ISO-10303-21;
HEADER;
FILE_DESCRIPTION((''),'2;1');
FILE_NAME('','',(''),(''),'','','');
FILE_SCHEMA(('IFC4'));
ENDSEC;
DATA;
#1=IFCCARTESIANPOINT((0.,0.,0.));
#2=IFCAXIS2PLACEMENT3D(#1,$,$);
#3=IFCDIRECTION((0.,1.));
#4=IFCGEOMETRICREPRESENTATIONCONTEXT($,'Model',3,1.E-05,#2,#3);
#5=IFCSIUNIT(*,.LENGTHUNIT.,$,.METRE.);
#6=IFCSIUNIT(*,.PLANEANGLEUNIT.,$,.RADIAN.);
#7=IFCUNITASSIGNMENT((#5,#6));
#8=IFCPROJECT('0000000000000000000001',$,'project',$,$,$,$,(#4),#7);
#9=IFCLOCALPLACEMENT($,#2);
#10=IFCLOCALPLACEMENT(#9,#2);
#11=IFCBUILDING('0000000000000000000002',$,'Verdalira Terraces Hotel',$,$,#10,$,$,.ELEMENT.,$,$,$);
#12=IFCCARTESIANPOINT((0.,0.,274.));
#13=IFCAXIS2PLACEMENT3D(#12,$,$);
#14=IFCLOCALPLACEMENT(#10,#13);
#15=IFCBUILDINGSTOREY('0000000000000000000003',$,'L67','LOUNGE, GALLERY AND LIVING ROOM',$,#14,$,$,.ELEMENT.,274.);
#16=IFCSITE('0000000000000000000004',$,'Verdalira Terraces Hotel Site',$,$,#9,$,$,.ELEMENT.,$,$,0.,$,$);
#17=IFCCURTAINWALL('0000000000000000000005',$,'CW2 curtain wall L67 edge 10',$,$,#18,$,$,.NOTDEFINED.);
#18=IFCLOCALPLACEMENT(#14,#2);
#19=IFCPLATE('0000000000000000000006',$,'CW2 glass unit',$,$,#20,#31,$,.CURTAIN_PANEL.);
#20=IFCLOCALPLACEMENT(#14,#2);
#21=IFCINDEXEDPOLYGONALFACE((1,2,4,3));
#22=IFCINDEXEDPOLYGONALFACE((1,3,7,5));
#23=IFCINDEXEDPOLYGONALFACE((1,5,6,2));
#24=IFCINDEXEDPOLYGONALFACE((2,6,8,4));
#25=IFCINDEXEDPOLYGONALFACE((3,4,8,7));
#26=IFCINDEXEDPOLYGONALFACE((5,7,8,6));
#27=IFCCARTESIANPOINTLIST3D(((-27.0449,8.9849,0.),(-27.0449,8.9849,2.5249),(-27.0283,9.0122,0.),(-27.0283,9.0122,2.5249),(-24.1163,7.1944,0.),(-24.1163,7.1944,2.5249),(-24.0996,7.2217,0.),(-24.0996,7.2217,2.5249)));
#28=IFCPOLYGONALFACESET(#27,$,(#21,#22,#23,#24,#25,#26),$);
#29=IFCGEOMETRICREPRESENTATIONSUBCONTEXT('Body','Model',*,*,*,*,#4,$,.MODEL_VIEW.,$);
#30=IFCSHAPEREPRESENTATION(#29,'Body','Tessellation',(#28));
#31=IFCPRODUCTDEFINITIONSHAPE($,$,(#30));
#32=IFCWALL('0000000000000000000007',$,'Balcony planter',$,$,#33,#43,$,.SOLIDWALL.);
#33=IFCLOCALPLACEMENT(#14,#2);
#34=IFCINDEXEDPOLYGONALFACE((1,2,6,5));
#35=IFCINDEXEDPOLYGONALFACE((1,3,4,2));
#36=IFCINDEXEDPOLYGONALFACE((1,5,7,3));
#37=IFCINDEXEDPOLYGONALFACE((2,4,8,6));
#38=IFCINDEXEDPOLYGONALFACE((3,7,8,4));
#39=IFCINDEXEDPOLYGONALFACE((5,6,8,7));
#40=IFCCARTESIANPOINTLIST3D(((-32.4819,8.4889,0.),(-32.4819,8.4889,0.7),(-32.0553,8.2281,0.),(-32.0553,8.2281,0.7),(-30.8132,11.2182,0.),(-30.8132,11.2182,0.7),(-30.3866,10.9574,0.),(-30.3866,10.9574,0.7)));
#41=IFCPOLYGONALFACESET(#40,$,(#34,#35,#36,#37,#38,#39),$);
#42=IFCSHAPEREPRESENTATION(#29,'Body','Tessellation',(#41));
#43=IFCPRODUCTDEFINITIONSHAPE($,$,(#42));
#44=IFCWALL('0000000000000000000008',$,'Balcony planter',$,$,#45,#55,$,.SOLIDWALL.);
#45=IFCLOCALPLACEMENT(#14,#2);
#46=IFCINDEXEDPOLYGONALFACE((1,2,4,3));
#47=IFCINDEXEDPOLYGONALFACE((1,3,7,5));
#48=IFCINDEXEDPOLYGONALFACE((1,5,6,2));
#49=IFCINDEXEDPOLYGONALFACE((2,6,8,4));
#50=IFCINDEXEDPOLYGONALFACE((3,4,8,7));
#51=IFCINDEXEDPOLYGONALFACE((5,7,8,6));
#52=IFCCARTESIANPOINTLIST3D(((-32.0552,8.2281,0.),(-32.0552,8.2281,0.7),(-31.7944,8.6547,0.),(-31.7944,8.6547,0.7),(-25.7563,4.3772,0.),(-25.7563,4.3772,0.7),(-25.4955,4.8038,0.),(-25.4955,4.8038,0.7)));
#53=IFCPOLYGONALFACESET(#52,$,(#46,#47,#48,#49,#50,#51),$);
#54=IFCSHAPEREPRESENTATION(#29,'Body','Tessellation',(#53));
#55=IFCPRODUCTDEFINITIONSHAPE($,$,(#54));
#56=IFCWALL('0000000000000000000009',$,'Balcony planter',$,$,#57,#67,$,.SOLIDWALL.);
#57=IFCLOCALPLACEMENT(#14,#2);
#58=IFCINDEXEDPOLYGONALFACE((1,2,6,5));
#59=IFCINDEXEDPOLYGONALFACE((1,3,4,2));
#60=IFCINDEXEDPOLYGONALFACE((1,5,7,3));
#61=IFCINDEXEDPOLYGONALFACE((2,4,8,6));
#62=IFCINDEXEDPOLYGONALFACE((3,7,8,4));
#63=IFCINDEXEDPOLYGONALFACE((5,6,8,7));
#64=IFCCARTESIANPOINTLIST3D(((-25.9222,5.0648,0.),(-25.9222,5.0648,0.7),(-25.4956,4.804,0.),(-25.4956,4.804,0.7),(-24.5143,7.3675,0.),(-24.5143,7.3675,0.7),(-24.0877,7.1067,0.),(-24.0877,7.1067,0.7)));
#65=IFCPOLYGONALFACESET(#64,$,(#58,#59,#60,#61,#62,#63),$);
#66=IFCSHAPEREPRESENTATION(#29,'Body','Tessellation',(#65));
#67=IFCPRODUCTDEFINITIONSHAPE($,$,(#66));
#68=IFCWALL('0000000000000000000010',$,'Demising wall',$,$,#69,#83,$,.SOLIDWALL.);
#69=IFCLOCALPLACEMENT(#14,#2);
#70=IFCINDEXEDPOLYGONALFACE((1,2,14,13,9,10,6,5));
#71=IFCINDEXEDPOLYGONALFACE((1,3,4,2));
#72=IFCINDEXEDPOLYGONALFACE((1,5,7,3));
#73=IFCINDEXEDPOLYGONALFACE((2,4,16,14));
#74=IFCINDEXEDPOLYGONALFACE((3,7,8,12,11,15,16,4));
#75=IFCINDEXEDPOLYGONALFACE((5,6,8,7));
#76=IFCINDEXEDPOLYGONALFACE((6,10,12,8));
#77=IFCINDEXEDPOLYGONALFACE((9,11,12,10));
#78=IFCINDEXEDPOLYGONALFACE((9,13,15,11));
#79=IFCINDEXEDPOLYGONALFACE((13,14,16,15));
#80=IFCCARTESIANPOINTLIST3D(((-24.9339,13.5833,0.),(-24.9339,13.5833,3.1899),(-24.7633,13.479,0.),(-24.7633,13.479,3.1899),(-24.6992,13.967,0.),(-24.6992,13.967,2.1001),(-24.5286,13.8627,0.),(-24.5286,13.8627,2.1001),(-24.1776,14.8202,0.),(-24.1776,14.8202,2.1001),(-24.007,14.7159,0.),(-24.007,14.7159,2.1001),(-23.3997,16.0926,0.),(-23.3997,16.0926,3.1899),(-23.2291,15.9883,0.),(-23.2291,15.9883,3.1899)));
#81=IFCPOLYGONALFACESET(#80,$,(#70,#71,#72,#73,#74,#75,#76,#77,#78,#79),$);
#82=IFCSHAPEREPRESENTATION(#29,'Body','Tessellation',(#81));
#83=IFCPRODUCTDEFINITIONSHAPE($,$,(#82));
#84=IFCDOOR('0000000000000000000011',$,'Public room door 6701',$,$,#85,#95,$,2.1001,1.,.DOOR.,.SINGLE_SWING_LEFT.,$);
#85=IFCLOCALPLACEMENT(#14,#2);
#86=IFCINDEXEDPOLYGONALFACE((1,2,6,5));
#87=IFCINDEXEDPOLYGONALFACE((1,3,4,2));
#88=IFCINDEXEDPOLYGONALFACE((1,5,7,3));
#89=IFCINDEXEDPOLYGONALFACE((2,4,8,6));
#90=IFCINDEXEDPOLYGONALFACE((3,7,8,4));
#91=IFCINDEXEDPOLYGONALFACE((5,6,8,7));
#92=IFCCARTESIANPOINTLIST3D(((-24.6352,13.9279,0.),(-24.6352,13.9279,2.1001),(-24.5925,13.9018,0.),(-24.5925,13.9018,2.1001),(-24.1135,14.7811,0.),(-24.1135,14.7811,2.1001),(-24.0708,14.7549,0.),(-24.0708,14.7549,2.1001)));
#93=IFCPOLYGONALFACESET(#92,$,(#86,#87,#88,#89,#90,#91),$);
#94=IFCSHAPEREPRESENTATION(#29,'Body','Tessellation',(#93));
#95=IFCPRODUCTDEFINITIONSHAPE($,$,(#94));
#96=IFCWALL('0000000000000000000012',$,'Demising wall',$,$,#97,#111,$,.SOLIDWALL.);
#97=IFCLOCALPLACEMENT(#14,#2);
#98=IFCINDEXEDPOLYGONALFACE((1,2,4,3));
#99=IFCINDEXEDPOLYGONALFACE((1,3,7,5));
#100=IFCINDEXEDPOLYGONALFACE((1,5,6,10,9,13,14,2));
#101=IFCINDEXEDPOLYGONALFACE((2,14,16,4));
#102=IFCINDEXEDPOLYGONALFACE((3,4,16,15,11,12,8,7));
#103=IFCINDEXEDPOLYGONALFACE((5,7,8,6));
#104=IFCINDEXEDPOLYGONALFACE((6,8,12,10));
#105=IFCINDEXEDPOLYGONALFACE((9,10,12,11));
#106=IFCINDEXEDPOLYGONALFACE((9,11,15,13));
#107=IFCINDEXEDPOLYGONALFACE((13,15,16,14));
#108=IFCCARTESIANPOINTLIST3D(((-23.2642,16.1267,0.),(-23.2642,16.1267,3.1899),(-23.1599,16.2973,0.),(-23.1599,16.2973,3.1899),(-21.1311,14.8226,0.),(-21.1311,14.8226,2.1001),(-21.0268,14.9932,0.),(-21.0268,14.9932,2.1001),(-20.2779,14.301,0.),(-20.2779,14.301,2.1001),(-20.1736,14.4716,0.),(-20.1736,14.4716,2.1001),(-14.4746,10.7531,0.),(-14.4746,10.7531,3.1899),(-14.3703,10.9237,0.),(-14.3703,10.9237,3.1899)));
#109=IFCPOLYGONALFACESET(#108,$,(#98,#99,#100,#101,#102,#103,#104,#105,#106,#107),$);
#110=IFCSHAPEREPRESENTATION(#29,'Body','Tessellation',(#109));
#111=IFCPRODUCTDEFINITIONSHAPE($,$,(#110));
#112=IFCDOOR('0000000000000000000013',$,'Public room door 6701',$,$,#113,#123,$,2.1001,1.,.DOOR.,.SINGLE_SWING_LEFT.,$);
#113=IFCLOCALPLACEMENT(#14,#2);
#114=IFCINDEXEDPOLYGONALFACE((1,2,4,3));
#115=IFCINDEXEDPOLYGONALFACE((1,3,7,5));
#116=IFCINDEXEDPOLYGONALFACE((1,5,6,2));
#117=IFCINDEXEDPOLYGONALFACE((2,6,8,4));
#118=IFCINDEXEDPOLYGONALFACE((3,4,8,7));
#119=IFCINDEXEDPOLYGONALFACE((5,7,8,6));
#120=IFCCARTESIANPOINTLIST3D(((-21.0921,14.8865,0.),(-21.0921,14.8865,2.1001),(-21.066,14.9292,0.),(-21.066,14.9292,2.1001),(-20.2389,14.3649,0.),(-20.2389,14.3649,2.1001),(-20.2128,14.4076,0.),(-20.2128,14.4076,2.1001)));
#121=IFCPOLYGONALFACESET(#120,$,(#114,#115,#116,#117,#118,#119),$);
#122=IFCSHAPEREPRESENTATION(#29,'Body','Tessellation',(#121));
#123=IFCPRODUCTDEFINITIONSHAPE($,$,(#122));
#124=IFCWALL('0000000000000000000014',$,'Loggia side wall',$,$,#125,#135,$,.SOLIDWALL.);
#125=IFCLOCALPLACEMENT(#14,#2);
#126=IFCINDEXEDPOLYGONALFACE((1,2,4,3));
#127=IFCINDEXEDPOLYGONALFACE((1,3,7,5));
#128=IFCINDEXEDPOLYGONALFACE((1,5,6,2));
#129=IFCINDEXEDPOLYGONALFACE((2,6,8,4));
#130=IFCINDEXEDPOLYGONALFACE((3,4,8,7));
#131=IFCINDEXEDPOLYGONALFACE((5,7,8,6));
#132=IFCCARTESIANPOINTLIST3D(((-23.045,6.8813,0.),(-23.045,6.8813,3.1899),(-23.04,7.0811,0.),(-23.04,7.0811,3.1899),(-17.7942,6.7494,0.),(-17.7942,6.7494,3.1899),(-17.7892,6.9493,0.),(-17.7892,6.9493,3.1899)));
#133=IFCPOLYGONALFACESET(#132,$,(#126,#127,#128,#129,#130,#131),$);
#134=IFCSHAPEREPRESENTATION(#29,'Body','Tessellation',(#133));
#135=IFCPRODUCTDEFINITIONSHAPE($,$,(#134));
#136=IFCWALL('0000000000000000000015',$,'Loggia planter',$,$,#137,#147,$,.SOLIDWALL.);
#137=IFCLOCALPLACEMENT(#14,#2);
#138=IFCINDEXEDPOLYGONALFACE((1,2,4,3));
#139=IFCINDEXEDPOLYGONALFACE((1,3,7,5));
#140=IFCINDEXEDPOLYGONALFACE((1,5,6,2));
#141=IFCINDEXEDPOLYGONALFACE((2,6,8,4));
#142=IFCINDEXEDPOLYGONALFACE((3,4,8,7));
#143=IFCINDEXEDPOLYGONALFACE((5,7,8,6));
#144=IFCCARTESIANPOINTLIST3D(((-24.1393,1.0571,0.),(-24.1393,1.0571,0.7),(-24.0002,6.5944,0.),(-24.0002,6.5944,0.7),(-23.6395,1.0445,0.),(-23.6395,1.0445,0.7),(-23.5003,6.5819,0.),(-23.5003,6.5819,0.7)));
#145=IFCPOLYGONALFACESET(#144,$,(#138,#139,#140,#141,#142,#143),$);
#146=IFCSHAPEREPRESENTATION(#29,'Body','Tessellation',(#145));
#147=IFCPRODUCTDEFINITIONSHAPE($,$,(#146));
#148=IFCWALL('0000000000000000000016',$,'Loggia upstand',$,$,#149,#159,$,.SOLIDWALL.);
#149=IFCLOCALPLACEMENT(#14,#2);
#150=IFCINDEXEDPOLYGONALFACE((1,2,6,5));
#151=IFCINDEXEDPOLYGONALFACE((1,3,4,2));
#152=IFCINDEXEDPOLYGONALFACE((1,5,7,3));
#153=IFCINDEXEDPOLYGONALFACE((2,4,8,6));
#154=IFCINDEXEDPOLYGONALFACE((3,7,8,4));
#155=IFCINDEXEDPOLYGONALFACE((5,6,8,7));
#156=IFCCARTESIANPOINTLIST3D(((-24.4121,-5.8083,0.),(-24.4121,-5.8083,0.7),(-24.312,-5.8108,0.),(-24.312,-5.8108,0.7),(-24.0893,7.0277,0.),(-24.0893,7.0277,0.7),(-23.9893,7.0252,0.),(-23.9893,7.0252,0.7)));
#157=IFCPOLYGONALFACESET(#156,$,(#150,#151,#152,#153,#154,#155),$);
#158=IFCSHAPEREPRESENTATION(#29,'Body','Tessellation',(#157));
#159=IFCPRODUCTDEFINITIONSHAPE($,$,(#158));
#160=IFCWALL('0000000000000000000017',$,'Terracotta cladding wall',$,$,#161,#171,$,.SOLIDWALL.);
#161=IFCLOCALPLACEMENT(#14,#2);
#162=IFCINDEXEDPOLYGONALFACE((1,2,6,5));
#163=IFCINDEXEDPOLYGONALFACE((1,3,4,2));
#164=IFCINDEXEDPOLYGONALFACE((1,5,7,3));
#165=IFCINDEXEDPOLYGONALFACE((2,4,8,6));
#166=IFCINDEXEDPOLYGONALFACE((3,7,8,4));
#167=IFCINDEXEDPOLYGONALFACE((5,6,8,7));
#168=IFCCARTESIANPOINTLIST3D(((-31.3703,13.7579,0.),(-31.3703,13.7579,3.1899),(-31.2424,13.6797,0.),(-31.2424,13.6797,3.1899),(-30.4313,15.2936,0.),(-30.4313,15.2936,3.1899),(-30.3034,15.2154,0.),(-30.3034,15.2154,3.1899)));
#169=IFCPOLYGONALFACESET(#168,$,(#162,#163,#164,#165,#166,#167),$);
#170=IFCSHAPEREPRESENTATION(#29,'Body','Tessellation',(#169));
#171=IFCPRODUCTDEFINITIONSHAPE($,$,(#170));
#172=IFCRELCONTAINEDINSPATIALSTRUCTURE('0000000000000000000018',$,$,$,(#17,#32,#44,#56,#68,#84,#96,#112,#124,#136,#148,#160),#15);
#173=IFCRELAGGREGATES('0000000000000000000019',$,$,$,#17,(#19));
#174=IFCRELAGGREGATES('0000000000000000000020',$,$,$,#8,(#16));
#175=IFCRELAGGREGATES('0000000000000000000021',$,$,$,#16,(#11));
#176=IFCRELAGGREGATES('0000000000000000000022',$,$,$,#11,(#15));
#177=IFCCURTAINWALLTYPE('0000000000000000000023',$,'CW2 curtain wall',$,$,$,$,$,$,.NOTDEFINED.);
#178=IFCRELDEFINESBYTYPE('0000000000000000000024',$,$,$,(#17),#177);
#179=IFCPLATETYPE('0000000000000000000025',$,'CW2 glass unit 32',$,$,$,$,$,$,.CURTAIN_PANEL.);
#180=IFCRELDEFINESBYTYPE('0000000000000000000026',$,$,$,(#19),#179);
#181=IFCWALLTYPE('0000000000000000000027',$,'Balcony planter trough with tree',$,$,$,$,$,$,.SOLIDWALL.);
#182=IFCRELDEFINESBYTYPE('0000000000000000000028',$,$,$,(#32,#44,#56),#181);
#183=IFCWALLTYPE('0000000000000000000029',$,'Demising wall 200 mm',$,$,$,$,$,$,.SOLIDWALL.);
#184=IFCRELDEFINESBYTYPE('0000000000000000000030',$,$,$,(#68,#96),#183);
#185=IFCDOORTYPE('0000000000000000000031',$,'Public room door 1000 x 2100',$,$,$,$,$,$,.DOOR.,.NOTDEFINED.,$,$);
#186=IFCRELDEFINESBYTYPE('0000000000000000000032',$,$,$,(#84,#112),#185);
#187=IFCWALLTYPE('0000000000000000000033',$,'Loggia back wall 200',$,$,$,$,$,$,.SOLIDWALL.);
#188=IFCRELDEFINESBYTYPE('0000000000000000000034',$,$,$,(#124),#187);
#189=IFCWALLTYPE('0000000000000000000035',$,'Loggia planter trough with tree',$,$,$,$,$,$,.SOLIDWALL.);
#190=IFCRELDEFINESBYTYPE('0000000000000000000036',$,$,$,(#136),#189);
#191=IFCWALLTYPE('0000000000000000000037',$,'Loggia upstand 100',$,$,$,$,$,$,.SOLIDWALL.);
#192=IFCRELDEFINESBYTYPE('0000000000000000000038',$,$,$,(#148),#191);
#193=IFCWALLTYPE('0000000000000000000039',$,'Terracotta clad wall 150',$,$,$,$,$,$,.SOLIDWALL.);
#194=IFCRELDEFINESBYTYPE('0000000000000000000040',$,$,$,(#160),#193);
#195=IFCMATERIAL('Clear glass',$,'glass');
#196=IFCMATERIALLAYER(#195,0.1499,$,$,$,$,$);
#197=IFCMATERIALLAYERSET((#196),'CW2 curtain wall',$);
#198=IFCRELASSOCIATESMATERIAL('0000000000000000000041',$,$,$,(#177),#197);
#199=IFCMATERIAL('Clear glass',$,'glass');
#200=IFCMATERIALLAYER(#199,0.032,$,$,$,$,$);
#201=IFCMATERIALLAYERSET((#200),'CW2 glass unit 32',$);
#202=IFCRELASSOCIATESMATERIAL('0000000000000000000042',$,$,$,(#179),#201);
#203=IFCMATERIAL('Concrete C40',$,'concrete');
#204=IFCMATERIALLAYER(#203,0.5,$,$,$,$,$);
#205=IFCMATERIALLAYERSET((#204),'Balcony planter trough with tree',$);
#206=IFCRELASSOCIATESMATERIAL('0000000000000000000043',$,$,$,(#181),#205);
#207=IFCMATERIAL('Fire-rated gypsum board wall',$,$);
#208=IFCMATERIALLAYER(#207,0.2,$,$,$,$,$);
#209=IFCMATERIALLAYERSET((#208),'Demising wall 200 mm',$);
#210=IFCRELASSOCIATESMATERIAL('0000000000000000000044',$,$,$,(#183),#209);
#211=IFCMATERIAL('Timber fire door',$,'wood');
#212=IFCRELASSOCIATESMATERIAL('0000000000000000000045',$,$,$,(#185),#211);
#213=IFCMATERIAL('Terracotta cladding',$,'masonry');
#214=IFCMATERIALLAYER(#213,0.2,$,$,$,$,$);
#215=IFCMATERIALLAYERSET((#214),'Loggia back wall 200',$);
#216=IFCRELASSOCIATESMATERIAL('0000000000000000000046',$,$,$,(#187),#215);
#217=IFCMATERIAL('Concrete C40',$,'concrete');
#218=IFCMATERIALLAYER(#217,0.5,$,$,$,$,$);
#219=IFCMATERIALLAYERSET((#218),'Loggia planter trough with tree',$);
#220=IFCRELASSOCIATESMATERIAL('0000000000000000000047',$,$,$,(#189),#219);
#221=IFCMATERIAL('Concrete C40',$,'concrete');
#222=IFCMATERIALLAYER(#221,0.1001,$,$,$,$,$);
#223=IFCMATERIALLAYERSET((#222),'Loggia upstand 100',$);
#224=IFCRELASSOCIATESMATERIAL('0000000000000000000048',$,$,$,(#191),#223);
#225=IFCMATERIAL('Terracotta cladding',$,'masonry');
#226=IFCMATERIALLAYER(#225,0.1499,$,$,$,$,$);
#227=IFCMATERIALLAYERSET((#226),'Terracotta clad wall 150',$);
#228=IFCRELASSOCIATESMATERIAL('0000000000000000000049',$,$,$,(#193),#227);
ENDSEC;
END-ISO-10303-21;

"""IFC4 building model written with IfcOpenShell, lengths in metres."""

from ifc_helpers import new_model, si_unit, direction, frame, frame_2d, origin, origin_2d, place, context, subcontext, project, spatial, rectangle, extrude, material, layer, layer_set, type_object, element, fill, aggregate, save


model = new_model("IFC4")

# Units and contexts
model_context = context("Model", 3, precision=1e-05, world=origin(), true_north=direction((0.0, 1.0)))
body_context = subcontext(model_context, "Body", "Model", "MODEL_VIEW")
ifc_project = project(units=[si_unit("LENGTHUNIT", "METRE"), si_unit("PLANEANGLEUNIT", "RADIAN")], contexts=[model_context])

# Site, building, storey
site_placement = place(None, origin())
site = spatial("IfcSite", under=ifc_project, at=site_placement, Name="Verdalira Terraces Hotel Site", CompositionType="ELEMENT", RefElevation=0.0)
building_placement = place(site_placement, origin())
building = spatial("IfcBuilding", under=site, at=building_placement, Name="Verdalira Terraces Hotel", CompositionType="ELEMENT")
storey_placement = place(building_placement, frame((0.0, 0.0, 274.0)))
storey = spatial("IfcBuildingStorey", under=building, at=storey_placement, Name="L67", Description="LOUNGE, GALLERY AND LIVING ROOM", CompositionType="ELEMENT", Elevation=274.0)

# Curtain wall
ifc_material_1 = material(Name="Clear glass", Category="glass")
ifc_layer_1 = layer(ifc_material_1, 0.1499)
ifc_layer_set_1 = layer_set([ifc_layer_1], Name="CW2 curtain wall")
curtain_wall_type = type_object("IfcCurtainWallType", Name="CW2 curtain wall", PredefinedType="NOTDEFINED", material=ifc_layer_set_1)
curtain_wall_placement = place(storey_placement, origin())
curtain_wall = element("IfcCurtainWall", 1, at=curtain_wall_placement, inside=storey, type_object=curtain_wall_type, Name="CW2 curtain wall L67 edge 10", PredefinedType="NOTDEFINED")

# Plate
ifc_material_2 = material(Name="Clear glass", Category="glass")
ifc_layer_2 = layer(ifc_material_2, 0.032)
ifc_layer_set_2 = layer_set([ifc_layer_2], Name="CW2 glass unit 32")
plate_type = type_object("IfcPlateType", Name="CW2 glass unit 32", PredefinedType="CURTAIN_PANEL", material=ifc_layer_set_2)
plate_placement = place(storey_placement, frame((-25.5723, 8.1033, 0.0), z_axis=(0.0, 0.0, 1.0), x_axis=(0.853187, -0.521605, 0.0)))
plate = element("IfcPlate", 2, at=plate_placement, type_object=plate_type, Name="CW2 glass unit", PredefinedType="CURTAIN_PANEL", context=body_context, shape_type="SweptSolid", body=[
    extrude(rectangle(XDim=3.4326, YDim=0.032, at=origin_2d()), origin(), (0.0, 0.0, 1.0), 2.5249),
])
aggregate(curtain_wall, [plate])

# Walls
ifc_material_3 = material(Name="Concrete C40", Category="concrete")
ifc_layer_3 = layer(ifc_material_3, 0.5)
ifc_layer_set_3 = layer_set([ifc_layer_3], Name="Balcony planter trough with tree")
wall_type_1 = type_object("IfcWallType", Name="Balcony planter trough with tree", PredefinedType="SOLIDWALL", material=ifc_layer_set_3)
wall_1_placement = place(storey_placement, frame((-30.5999, 11.0879, 0.0), z_axis=(0.0, 0.0, 1.0), x_axis=(-0.521638, -0.853167, 0.0)))
element("IfcWall", 3, at=wall_1_placement, inside=storey, type_object=wall_type_1, Name="Balcony planter", PredefinedType="SOLIDWALL", context=body_context, shape_type="SweptSolid", body=[
    extrude(rectangle(XDim=3.199, YDim=0.5, at=frame_2d((1.5996, 0.0))), origin(), (0.0, 0.0, 1.0), 0.7),
])
wall_2_placement = place(storey_placement, frame((-31.9248, 8.4414, 0.0), z_axis=(0.0, 0.0, 1.0), x_axis=(0.853189, -0.521602, 0.0)))
element("IfcWall", 4, at=wall_2_placement, inside=storey, type_object=wall_type_1, Name="Balcony planter", PredefinedType="SOLIDWALL", context=body_context, shape_type="SweptSolid", body=[
    extrude(rectangle(XDim=7.3828, YDim=0.5, at=frame_2d((3.6914, 0.0))), origin(), (0.0, 0.0, 1.0), 0.7),
])
wall_3_placement = place(storey_placement, frame((-25.709, 4.9343, 0.0), z_axis=(0.0, 0.0, 1.0), x_axis=(0.521648, 0.853161, 0.0)))
element("IfcWall", 5, at=wall_3_placement, inside=storey, type_object=wall_type_1, Name="Balcony planter", PredefinedType="SOLIDWALL", context=body_context, shape_type="SweptSolid", body=[
    extrude(rectangle(XDim=2.699, YDim=0.5, at=frame_2d((1.3496, 0.0))), origin(), (0.0, 0.0, 1.0), 0.7),
])

# Walls, openings, doors
ifc_material_4 = material(Name="Fire-rated gypsum board wall")
ifc_layer_4 = layer(ifc_material_4, 0.2)
ifc_layer_set_4 = layer_set([ifc_layer_4], Name="Demising wall 200 mm")
wall_type_2 = type_object("IfcWallType", Name="Demising wall 200 mm", PredefinedType="SOLIDWALL", material=ifc_layer_set_4)
wall_4_placement = place(storey_placement, frame((-24.8486, 13.531, 0.0), z_axis=(0.0, 0.0, 1.0), x_axis=(0.521631, 0.853171, 0.0)))
wall_4 = element("IfcWall", 6, at=wall_4_placement, inside=storey, type_object=wall_type_2, Name="Demising wall", PredefinedType="SOLIDWALL", context=body_context, shape_type="SweptSolid", body=[
    extrude(rectangle(XDim=2.9412, YDim=0.2, at=frame_2d((1.4707, 0.0))), origin(), (0.0, 0.0, 1.0), 3.1899),
])
opening_1_placement = place(wall_4_placement, frame((0.45, 0.0, 0.0)))
opening_1 = element("IfcOpeningElement", 7, at=opening_1_placement, cuts=wall_4, PredefinedType="OPENING", context=body_context, shape_type="SweptSolid", body=[
    extrude(rectangle(XDim=1.0, YDim=2.1001, at=frame_2d((0.5, 1.05))), frame((0.0, 0.1099, 0.0), z_axis=(0.0, -1.0, 0.0), x_axis=(1.0, 0.0, 0.0)), (0.0, 0.0, 1.0), 0.22),
])
ifc_material_5 = material(Name="Timber fire door", Category="wood")
door_type_1 = type_object("IfcDoorType", Name="Public room door 1000 x 2100", OperationType="NOTDEFINED", PredefinedType="DOOR", material=ifc_material_5)
door_1_placement = place(opening_1_placement, origin())
door_1 = element("IfcDoor", 8, at=door_1_placement, inside=storey, type_object=door_type_1, Name="Public room door 6701", OperationType="SINGLE_SWING_LEFT", OverallHeight=2.1001, OverallWidth=1.0, PredefinedType="DOOR", context=body_context, shape_type="SweptSolid", body=[
    extrude(rectangle(XDim=1.0, YDim=2.1001, at=frame_2d((0.5, 1.05))), frame((0.0, 0.0249, 0.0), z_axis=(0.0, -1.0, 0.0), x_axis=(1.0, 0.0, 0.0)), (0.0, 0.0, 1.0), 0.05),
])
fill(opening_1, door_1)
wall_5_placement = place(storey_placement, frame((-23.2119, 16.2119, 0.0), z_axis=(0.0, 0.0, 1.0), x_axis=(0.853189, -0.521601, 0.0)))
wall_5 = element("IfcWall", 9, at=wall_5_placement, inside=storey, type_object=wall_type_2, Name="Demising wall", PredefinedType="SOLIDWALL", context=body_context, shape_type="SweptSolid", body=[
    extrude(rectangle(XDim=10.302, YDim=0.2, at=frame_2d((5.1509, 0.0))), origin(), (0.0, 0.0, 1.0), 3.1899),
])
opening_2_placement = place(wall_5_placement, frame((2.5, 0.0, 0.0)))
opening_2 = element("IfcOpeningElement", 10, at=opening_2_placement, cuts=wall_5, PredefinedType="OPENING", context=body_context, shape_type="SweptSolid", body=[
    extrude(rectangle(XDim=1.0, YDim=2.1001, at=frame_2d((0.5, 1.05))), frame((0.0, 0.1099, 0.0), z_axis=(0.0, -1.0, 0.0), x_axis=(1.0, 0.0, 0.0)), (0.0, 0.0, 1.0), 0.22),
])
door_2_placement = place(opening_2_placement, origin())
door_2 = element("IfcDoor", 11, at=door_2_placement, inside=storey, type_object=door_type_1, Name="Public room door 6701", OperationType="SINGLE_SWING_LEFT", OverallHeight=2.1001, OverallWidth=1.0, PredefinedType="DOOR", context=body_context, shape_type="SweptSolid", body=[
    extrude(rectangle(XDim=1.0, YDim=2.1001, at=frame_2d((0.5, 1.05))), frame((0.0, 0.0249, 0.0), z_axis=(0.0, -1.0, 0.0), x_axis=(1.0, 0.0, 0.0)), (0.0, 0.0, 1.0), 0.05),
])
fill(opening_2, door_2)

# Walls
ifc_material_6 = material(Name="Terracotta cladding", Category="masonry")
ifc_layer_5 = layer(ifc_material_6, 0.2)
ifc_layer_set_5 = layer_set([ifc_layer_5], Name="Loggia back wall 200")
wall_type_3 = type_object("IfcWallType", Name="Loggia back wall 200", PredefinedType="SOLIDWALL", material=ifc_layer_set_5)
wall_6_placement = place(storey_placement, frame((-23.0425, 6.9812, 0.0), z_axis=(0.0, 0.0, 1.0), x_axis=(0.999685, -0.0251, 0.0)))
element("IfcWall", 12, at=wall_6_placement, inside=storey, type_object=wall_type_3, Name="Loggia side wall", PredefinedType="SOLIDWALL", context=body_context, shape_type="SweptSolid", body=[
    extrude(rectangle(XDim=5.2524, YDim=0.2, at=frame_2d((2.6262, 0.0))), origin(), (0.0, 0.0, 1.0), 3.1899),
])
ifc_material_7 = material(Name="Concrete C40", Category="concrete")
ifc_layer_6 = layer(ifc_material_7, 0.5)
ifc_layer_set_6 = layer_set([ifc_layer_6], Name="Loggia planter trough with tree")
wall_type_4 = type_object("IfcWallType", Name="Loggia planter trough with tree", PredefinedType="SOLIDWALL", material=ifc_layer_set_6)
wall_7_placement = place(storey_placement, frame((-23.7502, 6.5881, 0.0), z_axis=(0.0, 0.0, 1.0), x_axis=(-0.025123, -0.999684, 0.0)))
element("IfcWall", 13, at=wall_7_placement, inside=storey, type_object=wall_type_4, Name="Loggia planter", PredefinedType="SOLIDWALL", context=body_context, shape_type="SweptSolid", body=[
    extrude(rectangle(XDim=5.5391, YDim=0.5, at=frame_2d((2.7695, 0.0))), origin(), (0.0, 0.0, 1.0), 0.7),
])
ifc_material_8 = material(Name="Concrete C40", Category="concrete")
ifc_layer_7 = layer(ifc_material_8, 0.1001)
ifc_layer_set_7 = layer_set([ifc_layer_7], Name="Loggia upstand 100")
wall_type_5 = type_object("IfcWallType", Name="Loggia upstand 100", PredefinedType="SOLIDWALL", material=ifc_layer_set_7)
wall_8_placement = place(storey_placement, frame((-24.0393, 7.0264, 0.0), z_axis=(0.0, 0.0, 1.0), x_axis=(-0.025137, -0.999684, 0.0)))
element("IfcWall", 14, at=wall_8_placement, inside=storey, type_object=wall_type_5, Name="Loggia upstand", PredefinedType="SOLIDWALL", context=body_context, shape_type="SweptSolid", body=[
    extrude(rectangle(XDim=12.8401, YDim=0.1001, at=frame_2d((6.4199, 0.0))), origin(), (0.0, 0.0, 1.0), 0.7),
])
ifc_material_9 = material(Name="Terracotta cladding", Category="masonry")
ifc_layer_8 = layer(ifc_material_9, 0.1499)
ifc_layer_set_8 = layer_set([ifc_layer_8], Name="Terracotta clad wall 150")
wall_type_6 = type_object("IfcWallType", Name="Terracotta clad wall 150", PredefinedType="SOLIDWALL", material=ifc_layer_set_8)
wall_9_placement = place(storey_placement, frame((-30.3674, 15.2544, 0.0), z_axis=(0.0, 0.0, 1.0), x_axis=(-0.521658, -0.853154, 0.0)))
element("IfcWall", 15, at=wall_9_placement, inside=storey, type_object=wall_type_6, Name="Terracotta cladding wall", PredefinedType="SOLIDWALL", context=body_context, shape_type="SweptSolid", body=[
    extrude(rectangle(XDim=1.8, YDim=0.1499, at=frame_2d((0.8999, 0.0))), origin(), (0.0, 0.0, 1.0), 3.1899),
])

save(model, "model.ifc")
